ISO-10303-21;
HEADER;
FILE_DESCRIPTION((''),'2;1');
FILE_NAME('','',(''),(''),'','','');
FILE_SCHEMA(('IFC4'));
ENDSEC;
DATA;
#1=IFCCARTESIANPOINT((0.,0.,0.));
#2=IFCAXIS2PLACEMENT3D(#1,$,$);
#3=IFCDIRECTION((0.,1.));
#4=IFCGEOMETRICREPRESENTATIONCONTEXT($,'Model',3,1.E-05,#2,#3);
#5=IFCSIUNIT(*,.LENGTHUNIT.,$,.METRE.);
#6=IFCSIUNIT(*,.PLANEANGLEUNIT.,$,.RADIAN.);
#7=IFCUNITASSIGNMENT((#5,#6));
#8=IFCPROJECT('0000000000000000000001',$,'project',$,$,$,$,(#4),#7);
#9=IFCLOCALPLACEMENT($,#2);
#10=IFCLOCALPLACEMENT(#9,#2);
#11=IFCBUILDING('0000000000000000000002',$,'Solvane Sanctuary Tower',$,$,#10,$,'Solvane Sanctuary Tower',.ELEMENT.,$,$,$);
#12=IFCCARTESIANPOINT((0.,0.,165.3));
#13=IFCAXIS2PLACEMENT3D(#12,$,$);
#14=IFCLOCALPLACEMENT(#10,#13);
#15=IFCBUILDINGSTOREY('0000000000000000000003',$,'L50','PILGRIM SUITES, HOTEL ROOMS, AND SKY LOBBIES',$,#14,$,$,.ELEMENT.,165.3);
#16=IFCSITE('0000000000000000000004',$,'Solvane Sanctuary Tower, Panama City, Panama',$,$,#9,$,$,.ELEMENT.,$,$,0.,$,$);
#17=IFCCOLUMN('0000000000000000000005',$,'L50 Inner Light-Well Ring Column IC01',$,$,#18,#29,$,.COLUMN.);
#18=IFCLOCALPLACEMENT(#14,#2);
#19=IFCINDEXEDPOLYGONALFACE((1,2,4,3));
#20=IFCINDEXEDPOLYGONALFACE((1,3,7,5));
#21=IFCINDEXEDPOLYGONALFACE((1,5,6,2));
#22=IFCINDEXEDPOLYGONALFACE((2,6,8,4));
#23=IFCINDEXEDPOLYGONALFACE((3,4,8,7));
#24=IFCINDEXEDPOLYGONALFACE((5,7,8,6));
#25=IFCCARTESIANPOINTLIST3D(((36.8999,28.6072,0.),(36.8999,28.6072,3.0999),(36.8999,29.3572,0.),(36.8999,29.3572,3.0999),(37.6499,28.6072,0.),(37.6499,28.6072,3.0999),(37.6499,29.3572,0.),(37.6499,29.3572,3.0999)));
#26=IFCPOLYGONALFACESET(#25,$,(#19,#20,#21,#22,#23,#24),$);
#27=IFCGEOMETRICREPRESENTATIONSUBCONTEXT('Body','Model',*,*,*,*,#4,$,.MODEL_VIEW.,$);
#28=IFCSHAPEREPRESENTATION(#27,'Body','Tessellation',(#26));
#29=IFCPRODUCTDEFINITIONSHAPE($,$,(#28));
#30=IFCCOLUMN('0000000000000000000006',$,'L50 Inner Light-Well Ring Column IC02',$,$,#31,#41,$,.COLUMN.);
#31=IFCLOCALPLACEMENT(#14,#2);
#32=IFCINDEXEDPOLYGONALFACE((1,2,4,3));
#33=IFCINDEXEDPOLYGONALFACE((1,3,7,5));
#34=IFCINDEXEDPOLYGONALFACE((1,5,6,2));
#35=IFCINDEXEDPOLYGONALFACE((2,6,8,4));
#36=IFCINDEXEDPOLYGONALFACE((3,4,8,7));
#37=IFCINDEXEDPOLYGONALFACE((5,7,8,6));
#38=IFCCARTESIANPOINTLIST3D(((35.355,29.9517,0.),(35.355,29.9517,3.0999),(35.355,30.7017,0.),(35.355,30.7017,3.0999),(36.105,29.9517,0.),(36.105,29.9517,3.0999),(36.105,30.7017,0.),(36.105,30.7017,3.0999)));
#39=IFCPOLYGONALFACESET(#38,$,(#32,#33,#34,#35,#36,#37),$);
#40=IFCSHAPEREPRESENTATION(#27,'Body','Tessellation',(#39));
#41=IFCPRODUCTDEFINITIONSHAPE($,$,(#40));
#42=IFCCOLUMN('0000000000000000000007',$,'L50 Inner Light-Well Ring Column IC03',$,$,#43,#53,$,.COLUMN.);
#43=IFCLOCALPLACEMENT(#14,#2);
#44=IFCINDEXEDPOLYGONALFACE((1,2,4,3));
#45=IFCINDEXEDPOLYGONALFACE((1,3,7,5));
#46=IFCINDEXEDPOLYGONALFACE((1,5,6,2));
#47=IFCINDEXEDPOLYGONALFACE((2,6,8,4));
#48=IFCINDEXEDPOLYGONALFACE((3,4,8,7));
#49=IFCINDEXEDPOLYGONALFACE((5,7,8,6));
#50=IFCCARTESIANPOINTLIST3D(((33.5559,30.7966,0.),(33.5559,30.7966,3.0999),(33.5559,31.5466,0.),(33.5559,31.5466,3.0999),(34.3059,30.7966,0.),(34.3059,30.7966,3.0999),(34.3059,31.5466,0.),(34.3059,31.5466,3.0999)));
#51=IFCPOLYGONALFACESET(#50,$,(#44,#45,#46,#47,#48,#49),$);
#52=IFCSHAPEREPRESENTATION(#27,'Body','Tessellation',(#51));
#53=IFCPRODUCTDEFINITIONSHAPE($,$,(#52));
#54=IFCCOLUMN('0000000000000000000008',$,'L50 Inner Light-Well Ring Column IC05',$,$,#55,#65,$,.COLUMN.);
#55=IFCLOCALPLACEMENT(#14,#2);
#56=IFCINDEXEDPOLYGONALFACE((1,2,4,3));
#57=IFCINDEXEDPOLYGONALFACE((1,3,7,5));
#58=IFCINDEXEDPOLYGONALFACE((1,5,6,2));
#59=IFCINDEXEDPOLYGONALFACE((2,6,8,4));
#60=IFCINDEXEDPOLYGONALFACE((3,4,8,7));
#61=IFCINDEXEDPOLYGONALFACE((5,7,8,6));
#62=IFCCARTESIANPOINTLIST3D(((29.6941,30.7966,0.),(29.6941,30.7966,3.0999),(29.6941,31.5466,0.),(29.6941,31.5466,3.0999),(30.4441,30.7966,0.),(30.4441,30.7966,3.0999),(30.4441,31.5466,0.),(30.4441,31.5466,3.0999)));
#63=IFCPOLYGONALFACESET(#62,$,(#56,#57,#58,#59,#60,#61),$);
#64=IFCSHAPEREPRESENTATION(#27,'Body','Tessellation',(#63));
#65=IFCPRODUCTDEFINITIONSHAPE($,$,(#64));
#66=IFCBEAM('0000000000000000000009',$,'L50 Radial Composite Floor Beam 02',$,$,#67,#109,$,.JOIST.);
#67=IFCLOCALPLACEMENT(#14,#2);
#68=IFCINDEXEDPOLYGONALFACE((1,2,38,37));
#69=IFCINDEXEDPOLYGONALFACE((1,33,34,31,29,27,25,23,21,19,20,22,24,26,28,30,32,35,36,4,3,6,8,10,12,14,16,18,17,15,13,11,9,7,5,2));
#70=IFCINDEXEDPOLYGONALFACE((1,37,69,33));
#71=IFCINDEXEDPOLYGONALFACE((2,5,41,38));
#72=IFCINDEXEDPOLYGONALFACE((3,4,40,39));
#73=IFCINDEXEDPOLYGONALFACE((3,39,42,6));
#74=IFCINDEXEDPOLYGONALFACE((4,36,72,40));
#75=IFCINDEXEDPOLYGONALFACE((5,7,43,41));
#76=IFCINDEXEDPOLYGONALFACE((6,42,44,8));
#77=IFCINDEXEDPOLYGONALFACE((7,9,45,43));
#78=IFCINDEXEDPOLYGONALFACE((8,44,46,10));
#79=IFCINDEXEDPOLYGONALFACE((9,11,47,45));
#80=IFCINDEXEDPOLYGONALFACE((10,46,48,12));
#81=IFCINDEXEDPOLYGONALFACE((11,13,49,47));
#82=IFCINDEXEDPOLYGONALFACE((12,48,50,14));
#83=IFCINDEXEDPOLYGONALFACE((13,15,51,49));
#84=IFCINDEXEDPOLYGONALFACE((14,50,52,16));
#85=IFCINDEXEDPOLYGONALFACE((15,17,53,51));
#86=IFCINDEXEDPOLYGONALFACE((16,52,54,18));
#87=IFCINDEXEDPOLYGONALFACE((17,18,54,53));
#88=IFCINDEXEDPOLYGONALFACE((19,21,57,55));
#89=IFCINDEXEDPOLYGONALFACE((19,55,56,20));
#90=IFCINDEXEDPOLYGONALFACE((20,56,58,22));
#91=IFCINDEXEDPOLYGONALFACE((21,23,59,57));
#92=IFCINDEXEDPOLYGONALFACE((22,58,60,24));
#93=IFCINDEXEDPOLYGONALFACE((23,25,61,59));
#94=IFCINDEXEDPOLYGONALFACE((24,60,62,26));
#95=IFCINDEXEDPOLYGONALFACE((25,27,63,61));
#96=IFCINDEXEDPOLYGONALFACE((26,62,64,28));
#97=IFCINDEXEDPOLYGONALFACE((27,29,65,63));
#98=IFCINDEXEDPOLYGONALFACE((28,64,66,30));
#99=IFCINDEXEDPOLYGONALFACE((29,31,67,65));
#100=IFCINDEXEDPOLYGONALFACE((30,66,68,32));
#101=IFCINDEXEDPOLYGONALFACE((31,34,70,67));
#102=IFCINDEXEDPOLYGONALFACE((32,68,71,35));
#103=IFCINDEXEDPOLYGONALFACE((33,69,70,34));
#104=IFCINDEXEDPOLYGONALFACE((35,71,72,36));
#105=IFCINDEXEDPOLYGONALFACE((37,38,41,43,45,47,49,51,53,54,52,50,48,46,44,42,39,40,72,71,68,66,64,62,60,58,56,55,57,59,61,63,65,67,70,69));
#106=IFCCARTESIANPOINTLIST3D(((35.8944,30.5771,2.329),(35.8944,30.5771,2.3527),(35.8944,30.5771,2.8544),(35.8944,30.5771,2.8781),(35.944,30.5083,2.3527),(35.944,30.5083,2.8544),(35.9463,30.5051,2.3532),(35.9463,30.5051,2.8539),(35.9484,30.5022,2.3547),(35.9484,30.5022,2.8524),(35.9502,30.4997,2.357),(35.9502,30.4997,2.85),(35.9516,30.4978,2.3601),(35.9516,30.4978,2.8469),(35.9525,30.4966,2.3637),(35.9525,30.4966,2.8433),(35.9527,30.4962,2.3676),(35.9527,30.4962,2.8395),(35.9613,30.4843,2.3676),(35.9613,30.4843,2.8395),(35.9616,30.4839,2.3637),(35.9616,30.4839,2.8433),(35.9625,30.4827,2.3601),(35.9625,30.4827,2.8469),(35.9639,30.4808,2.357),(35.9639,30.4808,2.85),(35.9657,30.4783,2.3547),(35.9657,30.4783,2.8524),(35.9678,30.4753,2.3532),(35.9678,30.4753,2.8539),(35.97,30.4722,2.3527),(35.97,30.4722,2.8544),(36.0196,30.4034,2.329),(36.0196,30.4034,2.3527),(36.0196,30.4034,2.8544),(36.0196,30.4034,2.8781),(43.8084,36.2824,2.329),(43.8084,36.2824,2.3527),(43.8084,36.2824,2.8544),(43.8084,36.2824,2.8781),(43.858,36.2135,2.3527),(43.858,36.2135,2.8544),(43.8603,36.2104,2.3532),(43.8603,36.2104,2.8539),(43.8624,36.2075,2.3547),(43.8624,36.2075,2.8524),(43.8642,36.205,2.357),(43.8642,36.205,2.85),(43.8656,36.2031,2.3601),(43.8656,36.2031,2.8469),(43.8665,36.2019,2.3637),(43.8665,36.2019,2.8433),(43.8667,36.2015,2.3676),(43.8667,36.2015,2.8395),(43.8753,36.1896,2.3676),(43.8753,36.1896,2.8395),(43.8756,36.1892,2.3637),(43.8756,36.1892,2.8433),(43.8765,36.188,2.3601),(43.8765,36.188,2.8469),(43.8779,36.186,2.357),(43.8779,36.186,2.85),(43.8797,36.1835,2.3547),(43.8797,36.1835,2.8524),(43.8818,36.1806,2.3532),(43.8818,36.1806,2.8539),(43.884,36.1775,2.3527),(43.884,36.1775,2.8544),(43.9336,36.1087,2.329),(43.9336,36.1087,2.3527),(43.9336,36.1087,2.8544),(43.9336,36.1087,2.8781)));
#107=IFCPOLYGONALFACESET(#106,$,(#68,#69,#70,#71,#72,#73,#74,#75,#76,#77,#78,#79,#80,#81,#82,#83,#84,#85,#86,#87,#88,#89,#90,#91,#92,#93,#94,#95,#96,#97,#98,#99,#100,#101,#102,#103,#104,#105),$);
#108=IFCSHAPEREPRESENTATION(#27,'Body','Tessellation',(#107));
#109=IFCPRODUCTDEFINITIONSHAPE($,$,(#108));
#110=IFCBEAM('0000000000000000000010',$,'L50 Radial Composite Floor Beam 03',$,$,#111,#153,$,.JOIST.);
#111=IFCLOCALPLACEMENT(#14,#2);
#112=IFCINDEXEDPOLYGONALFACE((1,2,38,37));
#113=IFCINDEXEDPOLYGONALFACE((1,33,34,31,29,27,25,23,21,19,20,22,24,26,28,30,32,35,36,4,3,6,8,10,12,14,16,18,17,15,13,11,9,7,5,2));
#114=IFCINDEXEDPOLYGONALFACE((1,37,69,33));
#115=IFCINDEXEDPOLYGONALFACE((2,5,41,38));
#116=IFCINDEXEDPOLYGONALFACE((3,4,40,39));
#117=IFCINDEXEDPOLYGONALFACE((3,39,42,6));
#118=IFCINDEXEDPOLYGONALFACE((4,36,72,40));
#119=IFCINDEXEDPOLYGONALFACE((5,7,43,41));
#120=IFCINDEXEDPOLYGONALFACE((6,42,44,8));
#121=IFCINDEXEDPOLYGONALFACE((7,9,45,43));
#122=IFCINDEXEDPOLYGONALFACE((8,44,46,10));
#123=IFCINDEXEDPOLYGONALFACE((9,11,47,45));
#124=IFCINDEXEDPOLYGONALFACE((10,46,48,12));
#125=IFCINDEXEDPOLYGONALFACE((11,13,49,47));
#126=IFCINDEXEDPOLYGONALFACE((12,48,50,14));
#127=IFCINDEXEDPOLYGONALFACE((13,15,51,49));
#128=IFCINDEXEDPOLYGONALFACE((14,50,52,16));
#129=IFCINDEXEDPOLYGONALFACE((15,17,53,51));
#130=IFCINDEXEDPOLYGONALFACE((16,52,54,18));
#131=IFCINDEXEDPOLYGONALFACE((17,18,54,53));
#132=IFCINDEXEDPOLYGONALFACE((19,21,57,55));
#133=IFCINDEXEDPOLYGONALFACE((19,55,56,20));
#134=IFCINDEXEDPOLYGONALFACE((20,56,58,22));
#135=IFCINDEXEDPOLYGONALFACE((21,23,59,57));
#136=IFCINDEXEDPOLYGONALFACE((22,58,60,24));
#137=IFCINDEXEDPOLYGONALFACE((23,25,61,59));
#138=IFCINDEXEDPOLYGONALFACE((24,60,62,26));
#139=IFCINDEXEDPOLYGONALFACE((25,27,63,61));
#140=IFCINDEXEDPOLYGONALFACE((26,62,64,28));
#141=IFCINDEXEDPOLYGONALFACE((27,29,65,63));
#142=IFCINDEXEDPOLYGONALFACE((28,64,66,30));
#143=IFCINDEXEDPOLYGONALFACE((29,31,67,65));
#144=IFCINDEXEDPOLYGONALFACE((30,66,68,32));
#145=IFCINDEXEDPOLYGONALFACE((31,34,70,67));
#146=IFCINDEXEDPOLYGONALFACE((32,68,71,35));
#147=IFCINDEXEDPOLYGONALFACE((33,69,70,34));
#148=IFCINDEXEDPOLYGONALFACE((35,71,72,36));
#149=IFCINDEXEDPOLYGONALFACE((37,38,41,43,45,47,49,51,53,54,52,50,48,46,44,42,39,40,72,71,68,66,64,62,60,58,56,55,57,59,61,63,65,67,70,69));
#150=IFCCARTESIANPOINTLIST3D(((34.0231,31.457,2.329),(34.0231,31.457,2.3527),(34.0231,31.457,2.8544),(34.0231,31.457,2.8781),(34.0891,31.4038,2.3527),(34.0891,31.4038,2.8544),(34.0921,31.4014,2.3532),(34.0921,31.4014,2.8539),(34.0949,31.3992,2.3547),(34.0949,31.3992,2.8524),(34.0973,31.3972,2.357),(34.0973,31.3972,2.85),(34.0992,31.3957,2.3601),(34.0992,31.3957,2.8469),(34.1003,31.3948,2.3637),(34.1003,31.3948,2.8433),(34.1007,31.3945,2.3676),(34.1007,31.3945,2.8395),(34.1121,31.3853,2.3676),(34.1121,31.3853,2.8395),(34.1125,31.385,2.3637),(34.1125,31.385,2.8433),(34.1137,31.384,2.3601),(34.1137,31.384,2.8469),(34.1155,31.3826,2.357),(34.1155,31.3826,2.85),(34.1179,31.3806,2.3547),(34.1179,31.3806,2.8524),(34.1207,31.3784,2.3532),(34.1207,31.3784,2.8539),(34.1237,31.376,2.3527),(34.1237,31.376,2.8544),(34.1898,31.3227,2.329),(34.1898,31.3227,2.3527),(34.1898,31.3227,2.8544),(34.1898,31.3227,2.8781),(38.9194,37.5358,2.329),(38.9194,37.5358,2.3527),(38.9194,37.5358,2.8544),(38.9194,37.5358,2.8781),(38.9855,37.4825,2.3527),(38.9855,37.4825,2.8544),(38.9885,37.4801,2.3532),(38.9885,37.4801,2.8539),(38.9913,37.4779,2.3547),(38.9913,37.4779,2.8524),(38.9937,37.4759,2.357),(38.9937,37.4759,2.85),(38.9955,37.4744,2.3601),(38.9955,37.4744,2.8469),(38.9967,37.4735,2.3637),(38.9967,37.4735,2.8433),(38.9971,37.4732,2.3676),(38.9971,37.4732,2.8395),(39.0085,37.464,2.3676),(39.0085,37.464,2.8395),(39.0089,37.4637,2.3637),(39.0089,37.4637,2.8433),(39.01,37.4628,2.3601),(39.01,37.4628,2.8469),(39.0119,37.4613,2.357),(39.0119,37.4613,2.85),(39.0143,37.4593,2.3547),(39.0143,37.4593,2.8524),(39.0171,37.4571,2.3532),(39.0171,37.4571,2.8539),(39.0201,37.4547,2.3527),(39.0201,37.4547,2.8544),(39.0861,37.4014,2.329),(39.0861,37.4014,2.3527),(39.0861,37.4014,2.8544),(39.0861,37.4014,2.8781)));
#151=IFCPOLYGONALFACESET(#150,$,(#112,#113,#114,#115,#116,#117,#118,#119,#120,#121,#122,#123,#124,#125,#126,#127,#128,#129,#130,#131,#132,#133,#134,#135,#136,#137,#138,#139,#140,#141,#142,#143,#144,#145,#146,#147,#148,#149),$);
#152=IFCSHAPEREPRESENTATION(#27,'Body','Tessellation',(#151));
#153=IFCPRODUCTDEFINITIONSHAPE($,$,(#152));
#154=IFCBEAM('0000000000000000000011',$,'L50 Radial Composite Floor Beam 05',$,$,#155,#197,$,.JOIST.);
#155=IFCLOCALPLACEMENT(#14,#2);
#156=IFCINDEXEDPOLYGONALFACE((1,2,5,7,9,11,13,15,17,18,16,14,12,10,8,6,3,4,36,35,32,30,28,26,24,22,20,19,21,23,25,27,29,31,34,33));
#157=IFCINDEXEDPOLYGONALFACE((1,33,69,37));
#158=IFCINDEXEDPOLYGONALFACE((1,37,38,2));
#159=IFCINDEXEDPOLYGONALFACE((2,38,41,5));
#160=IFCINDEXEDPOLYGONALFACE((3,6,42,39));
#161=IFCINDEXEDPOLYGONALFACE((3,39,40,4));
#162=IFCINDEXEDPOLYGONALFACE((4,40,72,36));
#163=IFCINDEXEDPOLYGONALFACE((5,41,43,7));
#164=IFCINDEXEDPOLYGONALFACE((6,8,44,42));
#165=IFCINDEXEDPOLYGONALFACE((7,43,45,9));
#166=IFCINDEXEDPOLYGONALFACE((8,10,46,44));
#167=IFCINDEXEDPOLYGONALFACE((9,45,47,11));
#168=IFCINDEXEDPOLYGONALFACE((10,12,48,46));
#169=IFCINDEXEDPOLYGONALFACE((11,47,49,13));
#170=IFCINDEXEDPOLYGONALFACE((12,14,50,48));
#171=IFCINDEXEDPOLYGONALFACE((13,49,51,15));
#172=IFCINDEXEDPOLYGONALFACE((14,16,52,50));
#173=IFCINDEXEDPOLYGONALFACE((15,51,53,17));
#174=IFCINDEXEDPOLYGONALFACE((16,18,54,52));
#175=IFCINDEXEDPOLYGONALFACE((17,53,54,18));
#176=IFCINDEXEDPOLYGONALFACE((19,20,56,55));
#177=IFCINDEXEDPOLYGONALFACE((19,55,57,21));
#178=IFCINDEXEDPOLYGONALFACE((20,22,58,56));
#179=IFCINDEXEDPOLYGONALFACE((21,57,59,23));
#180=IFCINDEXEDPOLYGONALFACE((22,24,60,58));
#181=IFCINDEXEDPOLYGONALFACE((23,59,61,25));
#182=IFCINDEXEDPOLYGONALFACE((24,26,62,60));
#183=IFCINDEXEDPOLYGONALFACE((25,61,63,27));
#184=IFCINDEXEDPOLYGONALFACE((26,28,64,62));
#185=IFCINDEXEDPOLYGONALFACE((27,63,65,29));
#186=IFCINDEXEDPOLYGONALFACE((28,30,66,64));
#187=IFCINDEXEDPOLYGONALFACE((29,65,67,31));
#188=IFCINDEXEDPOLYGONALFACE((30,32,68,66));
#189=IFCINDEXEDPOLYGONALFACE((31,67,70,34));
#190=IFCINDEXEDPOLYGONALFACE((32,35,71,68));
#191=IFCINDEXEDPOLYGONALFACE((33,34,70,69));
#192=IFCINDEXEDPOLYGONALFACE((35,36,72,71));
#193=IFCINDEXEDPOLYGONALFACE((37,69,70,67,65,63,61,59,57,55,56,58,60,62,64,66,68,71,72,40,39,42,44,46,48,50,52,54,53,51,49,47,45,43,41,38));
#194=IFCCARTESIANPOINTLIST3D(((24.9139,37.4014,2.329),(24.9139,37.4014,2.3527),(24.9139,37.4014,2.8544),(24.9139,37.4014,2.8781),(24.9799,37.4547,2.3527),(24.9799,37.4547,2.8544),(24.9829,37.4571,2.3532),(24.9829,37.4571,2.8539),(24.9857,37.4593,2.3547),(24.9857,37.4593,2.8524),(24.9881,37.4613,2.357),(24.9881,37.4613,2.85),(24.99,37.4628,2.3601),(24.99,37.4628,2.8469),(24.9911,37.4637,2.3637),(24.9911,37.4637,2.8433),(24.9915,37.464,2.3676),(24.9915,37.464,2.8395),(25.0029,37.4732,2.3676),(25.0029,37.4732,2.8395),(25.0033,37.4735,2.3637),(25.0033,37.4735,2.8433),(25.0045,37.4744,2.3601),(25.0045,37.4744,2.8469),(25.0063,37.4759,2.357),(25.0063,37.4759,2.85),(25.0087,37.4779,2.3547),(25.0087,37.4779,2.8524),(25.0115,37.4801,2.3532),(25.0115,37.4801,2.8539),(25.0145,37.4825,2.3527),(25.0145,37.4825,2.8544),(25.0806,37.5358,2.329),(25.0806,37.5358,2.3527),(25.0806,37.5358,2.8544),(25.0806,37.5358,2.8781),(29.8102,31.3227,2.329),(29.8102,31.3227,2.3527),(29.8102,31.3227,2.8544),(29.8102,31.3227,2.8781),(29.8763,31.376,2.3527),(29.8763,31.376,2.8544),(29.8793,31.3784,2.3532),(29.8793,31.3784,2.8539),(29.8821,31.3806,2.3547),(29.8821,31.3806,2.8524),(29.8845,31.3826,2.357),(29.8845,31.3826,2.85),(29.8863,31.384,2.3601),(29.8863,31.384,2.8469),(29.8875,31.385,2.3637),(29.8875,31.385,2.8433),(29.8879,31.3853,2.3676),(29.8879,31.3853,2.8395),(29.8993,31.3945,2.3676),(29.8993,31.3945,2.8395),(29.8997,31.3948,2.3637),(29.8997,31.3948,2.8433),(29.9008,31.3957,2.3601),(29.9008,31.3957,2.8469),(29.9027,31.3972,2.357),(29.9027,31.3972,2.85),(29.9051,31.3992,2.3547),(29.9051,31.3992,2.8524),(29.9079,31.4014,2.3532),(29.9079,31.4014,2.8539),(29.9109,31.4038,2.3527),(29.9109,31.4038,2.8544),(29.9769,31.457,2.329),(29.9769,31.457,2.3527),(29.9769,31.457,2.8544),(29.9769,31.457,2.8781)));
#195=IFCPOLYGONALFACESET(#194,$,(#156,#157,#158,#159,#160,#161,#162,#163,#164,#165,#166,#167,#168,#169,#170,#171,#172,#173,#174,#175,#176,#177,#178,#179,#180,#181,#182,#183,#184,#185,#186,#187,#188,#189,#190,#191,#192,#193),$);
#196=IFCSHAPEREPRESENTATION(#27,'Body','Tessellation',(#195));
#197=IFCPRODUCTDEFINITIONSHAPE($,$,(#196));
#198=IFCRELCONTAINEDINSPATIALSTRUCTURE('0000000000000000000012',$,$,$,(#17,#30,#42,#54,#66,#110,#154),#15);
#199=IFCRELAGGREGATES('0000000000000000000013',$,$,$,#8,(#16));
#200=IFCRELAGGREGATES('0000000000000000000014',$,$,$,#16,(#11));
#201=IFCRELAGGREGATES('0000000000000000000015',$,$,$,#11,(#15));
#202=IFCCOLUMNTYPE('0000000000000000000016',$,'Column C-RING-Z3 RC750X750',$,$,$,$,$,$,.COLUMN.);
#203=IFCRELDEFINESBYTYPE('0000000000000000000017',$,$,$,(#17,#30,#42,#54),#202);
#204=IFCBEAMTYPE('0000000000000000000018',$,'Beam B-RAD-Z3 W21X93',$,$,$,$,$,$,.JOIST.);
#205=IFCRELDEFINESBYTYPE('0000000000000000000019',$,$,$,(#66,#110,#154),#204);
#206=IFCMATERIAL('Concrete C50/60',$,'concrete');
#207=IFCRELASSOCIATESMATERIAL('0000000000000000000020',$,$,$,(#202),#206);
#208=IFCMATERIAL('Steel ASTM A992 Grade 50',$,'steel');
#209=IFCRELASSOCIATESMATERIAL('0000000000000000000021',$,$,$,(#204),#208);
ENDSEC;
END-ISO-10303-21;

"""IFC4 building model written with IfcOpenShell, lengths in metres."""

from ifc_helpers import new_model, si_unit, direction, frame, origin, origin_2d, place, context, subcontext, project, spatial, rectangle, i_section, extrude, material, material_profile, profile_set, type_object, element, save


model = new_model("IFC4")

# Units and contexts
model_context = context("Model", 3, precision=1e-05, world=origin(), true_north=direction((0.0, 1.0)))
body_context = subcontext(model_context, "Body", "Model", "MODEL_VIEW")
ifc_project = project(units=[si_unit("LENGTHUNIT", "METRE"), si_unit("PLANEANGLEUNIT", "RADIAN")], contexts=[model_context])

# Site, building, storey
site_placement = place(None, origin())
site = spatial("IfcSite", under=ifc_project, at=site_placement, Name="Solvane Sanctuary Tower, Panama City, Panama", CompositionType="ELEMENT", RefElevation=0.0)
building_placement = place(site_placement, origin())
building = spatial("IfcBuilding", under=site, at=building_placement, Name="Solvane Sanctuary Tower", LongName="Solvane Sanctuary Tower", CompositionType="ELEMENT")
storey_placement = place(building_placement, frame((0.0, 0.0, 165.3)))
storey = spatial("IfcBuildingStorey", under=building, at=storey_placement, Name="L50", Description="PILGRIM SUITES, HOTEL ROOMS, AND SKY LOBBIES", CompositionType="ELEMENT", Elevation=165.3)

# Columns
ifc_material_1 = material(Name="Concrete C50/60", Category="concrete")
ifc_material_profile_1 = material_profile(ifc_material_1, rectangle(XDim=0.75, YDim=0.75, at=origin_2d()), Name="RC750X750")
ifc_profile_set_1 = profile_set([ifc_material_profile_1], Name="Concrete C50/60")
column_type = type_object("IfcColumnType", Name="Column C-RING-Z3 RC750X750", PredefinedType="COLUMN", material=ifc_profile_set_1)
for number, where, z_axis, x_axis, name in (
    (1, (37.2749, 28.9822, 0.0), (0.0, 0.0, 1.0), (1.0, 0.0, 0.0), "L50 Inner Light-Well Ring Column IC01"),
    (2, (35.73, 30.3267, 0.0), (0.0, 0.0, 1.0), (1.0, 0.0, 0.0), "L50 Inner Light-Well Ring Column IC02"),
    (3, (33.9309, 31.1716, 0.0), (0.0, 0.0, 1.0), (1.0, 0.0, 0.0), "L50 Inner Light-Well Ring Column IC03"),
    (4, (30.0691, 31.1716, 0.0), (0.0, 0.0, 1.0), (1.0, 0.0, 0.0), "L50 Inner Light-Well Ring Column IC05"),
):
    element("IfcColumn", number, at=place(storey_placement, frame(where, z_axis=z_axis, x_axis=x_axis)), inside=storey, type_object=column_type, Name=name, PredefinedType="COLUMN", context=body_context, shape_type="SweptSolid", body=[
        extrude(rectangle(XDim=0.75, YDim=0.75, at=origin_2d()), origin(), (0.0, 0.0, 1.0), 3.0999),
    ])

# Beams
ifc_material_2 = material(Name="Steel ASTM A992 Grade 50", Category="steel")
ifc_material_profile_2 = material_profile(ifc_material_2, i_section(OverallWidth=0.2141, OverallDepth=0.5491, WebThickness=0.0146, FlangeThickness=0.0237, FilletRadius=0.0149, at=origin_2d()), Name="W21X93")
ifc_profile_set_2 = profile_set([ifc_material_profile_2], Name="Steel ASTM A992 Grade 50")
beam_type_1 = type_object("IfcBeamType", Name="Beam B-RAD-Z3 W21X93", PredefinedType="JOIST", material=ifc_profile_set_2)
beam_1_placement = place(storey_placement, frame((35.957, 30.4902, 2.6035), z_axis=(0.811184, 0.58479, 0.0), x_axis=(-0.58479, 0.811184, 0.0)))
element("IfcBeam", 5, at=beam_1_placement, inside=storey, type_object=beam_type_1, Name="L50 Radial Composite Floor Beam 02", PredefinedType="JOIST", context=body_context, shape_type="SweptSolid", body=[
    extrude(i_section(OverallWidth=0.2141, OverallDepth=0.5491, WebThickness=0.0146, FlangeThickness=0.0237, FilletRadius=0.0149, at=origin_2d()), origin(), (0.0, 0.0, 1.0), 9.7561),
])
for number, where, z_axis, x_axis, name in (
    (6, (34.1064, 31.3899, 2.6035), (0.627297, 0.77878, 0.0), (-0.77878, 0.627297, 0.0), "L50 Radial Composite Floor Beam 03"),
    (7, (29.8936, 31.3899, 2.6035), (-0.627297, 0.77878, 0.0), (-0.77878, -0.627297, 0.0), "L50 Radial Composite Floor Beam 05"),
):
    element("IfcBeam", number, at=place(storey_placement, frame(where, z_axis=z_axis, x_axis=x_axis)), inside=storey, type_object=beam_type_1, Name=name, PredefinedType="JOIST", context=body_context, shape_type="SweptSolid", body=[
        extrude(i_section(OverallWidth=0.2141, OverallDepth=0.5491, WebThickness=0.0146, FlangeThickness=0.0237, FilletRadius=0.0149, at=origin_2d()), origin(), (0.0, 0.0, 1.0), 7.8054),
    ])

save(model, "model.ifc")
